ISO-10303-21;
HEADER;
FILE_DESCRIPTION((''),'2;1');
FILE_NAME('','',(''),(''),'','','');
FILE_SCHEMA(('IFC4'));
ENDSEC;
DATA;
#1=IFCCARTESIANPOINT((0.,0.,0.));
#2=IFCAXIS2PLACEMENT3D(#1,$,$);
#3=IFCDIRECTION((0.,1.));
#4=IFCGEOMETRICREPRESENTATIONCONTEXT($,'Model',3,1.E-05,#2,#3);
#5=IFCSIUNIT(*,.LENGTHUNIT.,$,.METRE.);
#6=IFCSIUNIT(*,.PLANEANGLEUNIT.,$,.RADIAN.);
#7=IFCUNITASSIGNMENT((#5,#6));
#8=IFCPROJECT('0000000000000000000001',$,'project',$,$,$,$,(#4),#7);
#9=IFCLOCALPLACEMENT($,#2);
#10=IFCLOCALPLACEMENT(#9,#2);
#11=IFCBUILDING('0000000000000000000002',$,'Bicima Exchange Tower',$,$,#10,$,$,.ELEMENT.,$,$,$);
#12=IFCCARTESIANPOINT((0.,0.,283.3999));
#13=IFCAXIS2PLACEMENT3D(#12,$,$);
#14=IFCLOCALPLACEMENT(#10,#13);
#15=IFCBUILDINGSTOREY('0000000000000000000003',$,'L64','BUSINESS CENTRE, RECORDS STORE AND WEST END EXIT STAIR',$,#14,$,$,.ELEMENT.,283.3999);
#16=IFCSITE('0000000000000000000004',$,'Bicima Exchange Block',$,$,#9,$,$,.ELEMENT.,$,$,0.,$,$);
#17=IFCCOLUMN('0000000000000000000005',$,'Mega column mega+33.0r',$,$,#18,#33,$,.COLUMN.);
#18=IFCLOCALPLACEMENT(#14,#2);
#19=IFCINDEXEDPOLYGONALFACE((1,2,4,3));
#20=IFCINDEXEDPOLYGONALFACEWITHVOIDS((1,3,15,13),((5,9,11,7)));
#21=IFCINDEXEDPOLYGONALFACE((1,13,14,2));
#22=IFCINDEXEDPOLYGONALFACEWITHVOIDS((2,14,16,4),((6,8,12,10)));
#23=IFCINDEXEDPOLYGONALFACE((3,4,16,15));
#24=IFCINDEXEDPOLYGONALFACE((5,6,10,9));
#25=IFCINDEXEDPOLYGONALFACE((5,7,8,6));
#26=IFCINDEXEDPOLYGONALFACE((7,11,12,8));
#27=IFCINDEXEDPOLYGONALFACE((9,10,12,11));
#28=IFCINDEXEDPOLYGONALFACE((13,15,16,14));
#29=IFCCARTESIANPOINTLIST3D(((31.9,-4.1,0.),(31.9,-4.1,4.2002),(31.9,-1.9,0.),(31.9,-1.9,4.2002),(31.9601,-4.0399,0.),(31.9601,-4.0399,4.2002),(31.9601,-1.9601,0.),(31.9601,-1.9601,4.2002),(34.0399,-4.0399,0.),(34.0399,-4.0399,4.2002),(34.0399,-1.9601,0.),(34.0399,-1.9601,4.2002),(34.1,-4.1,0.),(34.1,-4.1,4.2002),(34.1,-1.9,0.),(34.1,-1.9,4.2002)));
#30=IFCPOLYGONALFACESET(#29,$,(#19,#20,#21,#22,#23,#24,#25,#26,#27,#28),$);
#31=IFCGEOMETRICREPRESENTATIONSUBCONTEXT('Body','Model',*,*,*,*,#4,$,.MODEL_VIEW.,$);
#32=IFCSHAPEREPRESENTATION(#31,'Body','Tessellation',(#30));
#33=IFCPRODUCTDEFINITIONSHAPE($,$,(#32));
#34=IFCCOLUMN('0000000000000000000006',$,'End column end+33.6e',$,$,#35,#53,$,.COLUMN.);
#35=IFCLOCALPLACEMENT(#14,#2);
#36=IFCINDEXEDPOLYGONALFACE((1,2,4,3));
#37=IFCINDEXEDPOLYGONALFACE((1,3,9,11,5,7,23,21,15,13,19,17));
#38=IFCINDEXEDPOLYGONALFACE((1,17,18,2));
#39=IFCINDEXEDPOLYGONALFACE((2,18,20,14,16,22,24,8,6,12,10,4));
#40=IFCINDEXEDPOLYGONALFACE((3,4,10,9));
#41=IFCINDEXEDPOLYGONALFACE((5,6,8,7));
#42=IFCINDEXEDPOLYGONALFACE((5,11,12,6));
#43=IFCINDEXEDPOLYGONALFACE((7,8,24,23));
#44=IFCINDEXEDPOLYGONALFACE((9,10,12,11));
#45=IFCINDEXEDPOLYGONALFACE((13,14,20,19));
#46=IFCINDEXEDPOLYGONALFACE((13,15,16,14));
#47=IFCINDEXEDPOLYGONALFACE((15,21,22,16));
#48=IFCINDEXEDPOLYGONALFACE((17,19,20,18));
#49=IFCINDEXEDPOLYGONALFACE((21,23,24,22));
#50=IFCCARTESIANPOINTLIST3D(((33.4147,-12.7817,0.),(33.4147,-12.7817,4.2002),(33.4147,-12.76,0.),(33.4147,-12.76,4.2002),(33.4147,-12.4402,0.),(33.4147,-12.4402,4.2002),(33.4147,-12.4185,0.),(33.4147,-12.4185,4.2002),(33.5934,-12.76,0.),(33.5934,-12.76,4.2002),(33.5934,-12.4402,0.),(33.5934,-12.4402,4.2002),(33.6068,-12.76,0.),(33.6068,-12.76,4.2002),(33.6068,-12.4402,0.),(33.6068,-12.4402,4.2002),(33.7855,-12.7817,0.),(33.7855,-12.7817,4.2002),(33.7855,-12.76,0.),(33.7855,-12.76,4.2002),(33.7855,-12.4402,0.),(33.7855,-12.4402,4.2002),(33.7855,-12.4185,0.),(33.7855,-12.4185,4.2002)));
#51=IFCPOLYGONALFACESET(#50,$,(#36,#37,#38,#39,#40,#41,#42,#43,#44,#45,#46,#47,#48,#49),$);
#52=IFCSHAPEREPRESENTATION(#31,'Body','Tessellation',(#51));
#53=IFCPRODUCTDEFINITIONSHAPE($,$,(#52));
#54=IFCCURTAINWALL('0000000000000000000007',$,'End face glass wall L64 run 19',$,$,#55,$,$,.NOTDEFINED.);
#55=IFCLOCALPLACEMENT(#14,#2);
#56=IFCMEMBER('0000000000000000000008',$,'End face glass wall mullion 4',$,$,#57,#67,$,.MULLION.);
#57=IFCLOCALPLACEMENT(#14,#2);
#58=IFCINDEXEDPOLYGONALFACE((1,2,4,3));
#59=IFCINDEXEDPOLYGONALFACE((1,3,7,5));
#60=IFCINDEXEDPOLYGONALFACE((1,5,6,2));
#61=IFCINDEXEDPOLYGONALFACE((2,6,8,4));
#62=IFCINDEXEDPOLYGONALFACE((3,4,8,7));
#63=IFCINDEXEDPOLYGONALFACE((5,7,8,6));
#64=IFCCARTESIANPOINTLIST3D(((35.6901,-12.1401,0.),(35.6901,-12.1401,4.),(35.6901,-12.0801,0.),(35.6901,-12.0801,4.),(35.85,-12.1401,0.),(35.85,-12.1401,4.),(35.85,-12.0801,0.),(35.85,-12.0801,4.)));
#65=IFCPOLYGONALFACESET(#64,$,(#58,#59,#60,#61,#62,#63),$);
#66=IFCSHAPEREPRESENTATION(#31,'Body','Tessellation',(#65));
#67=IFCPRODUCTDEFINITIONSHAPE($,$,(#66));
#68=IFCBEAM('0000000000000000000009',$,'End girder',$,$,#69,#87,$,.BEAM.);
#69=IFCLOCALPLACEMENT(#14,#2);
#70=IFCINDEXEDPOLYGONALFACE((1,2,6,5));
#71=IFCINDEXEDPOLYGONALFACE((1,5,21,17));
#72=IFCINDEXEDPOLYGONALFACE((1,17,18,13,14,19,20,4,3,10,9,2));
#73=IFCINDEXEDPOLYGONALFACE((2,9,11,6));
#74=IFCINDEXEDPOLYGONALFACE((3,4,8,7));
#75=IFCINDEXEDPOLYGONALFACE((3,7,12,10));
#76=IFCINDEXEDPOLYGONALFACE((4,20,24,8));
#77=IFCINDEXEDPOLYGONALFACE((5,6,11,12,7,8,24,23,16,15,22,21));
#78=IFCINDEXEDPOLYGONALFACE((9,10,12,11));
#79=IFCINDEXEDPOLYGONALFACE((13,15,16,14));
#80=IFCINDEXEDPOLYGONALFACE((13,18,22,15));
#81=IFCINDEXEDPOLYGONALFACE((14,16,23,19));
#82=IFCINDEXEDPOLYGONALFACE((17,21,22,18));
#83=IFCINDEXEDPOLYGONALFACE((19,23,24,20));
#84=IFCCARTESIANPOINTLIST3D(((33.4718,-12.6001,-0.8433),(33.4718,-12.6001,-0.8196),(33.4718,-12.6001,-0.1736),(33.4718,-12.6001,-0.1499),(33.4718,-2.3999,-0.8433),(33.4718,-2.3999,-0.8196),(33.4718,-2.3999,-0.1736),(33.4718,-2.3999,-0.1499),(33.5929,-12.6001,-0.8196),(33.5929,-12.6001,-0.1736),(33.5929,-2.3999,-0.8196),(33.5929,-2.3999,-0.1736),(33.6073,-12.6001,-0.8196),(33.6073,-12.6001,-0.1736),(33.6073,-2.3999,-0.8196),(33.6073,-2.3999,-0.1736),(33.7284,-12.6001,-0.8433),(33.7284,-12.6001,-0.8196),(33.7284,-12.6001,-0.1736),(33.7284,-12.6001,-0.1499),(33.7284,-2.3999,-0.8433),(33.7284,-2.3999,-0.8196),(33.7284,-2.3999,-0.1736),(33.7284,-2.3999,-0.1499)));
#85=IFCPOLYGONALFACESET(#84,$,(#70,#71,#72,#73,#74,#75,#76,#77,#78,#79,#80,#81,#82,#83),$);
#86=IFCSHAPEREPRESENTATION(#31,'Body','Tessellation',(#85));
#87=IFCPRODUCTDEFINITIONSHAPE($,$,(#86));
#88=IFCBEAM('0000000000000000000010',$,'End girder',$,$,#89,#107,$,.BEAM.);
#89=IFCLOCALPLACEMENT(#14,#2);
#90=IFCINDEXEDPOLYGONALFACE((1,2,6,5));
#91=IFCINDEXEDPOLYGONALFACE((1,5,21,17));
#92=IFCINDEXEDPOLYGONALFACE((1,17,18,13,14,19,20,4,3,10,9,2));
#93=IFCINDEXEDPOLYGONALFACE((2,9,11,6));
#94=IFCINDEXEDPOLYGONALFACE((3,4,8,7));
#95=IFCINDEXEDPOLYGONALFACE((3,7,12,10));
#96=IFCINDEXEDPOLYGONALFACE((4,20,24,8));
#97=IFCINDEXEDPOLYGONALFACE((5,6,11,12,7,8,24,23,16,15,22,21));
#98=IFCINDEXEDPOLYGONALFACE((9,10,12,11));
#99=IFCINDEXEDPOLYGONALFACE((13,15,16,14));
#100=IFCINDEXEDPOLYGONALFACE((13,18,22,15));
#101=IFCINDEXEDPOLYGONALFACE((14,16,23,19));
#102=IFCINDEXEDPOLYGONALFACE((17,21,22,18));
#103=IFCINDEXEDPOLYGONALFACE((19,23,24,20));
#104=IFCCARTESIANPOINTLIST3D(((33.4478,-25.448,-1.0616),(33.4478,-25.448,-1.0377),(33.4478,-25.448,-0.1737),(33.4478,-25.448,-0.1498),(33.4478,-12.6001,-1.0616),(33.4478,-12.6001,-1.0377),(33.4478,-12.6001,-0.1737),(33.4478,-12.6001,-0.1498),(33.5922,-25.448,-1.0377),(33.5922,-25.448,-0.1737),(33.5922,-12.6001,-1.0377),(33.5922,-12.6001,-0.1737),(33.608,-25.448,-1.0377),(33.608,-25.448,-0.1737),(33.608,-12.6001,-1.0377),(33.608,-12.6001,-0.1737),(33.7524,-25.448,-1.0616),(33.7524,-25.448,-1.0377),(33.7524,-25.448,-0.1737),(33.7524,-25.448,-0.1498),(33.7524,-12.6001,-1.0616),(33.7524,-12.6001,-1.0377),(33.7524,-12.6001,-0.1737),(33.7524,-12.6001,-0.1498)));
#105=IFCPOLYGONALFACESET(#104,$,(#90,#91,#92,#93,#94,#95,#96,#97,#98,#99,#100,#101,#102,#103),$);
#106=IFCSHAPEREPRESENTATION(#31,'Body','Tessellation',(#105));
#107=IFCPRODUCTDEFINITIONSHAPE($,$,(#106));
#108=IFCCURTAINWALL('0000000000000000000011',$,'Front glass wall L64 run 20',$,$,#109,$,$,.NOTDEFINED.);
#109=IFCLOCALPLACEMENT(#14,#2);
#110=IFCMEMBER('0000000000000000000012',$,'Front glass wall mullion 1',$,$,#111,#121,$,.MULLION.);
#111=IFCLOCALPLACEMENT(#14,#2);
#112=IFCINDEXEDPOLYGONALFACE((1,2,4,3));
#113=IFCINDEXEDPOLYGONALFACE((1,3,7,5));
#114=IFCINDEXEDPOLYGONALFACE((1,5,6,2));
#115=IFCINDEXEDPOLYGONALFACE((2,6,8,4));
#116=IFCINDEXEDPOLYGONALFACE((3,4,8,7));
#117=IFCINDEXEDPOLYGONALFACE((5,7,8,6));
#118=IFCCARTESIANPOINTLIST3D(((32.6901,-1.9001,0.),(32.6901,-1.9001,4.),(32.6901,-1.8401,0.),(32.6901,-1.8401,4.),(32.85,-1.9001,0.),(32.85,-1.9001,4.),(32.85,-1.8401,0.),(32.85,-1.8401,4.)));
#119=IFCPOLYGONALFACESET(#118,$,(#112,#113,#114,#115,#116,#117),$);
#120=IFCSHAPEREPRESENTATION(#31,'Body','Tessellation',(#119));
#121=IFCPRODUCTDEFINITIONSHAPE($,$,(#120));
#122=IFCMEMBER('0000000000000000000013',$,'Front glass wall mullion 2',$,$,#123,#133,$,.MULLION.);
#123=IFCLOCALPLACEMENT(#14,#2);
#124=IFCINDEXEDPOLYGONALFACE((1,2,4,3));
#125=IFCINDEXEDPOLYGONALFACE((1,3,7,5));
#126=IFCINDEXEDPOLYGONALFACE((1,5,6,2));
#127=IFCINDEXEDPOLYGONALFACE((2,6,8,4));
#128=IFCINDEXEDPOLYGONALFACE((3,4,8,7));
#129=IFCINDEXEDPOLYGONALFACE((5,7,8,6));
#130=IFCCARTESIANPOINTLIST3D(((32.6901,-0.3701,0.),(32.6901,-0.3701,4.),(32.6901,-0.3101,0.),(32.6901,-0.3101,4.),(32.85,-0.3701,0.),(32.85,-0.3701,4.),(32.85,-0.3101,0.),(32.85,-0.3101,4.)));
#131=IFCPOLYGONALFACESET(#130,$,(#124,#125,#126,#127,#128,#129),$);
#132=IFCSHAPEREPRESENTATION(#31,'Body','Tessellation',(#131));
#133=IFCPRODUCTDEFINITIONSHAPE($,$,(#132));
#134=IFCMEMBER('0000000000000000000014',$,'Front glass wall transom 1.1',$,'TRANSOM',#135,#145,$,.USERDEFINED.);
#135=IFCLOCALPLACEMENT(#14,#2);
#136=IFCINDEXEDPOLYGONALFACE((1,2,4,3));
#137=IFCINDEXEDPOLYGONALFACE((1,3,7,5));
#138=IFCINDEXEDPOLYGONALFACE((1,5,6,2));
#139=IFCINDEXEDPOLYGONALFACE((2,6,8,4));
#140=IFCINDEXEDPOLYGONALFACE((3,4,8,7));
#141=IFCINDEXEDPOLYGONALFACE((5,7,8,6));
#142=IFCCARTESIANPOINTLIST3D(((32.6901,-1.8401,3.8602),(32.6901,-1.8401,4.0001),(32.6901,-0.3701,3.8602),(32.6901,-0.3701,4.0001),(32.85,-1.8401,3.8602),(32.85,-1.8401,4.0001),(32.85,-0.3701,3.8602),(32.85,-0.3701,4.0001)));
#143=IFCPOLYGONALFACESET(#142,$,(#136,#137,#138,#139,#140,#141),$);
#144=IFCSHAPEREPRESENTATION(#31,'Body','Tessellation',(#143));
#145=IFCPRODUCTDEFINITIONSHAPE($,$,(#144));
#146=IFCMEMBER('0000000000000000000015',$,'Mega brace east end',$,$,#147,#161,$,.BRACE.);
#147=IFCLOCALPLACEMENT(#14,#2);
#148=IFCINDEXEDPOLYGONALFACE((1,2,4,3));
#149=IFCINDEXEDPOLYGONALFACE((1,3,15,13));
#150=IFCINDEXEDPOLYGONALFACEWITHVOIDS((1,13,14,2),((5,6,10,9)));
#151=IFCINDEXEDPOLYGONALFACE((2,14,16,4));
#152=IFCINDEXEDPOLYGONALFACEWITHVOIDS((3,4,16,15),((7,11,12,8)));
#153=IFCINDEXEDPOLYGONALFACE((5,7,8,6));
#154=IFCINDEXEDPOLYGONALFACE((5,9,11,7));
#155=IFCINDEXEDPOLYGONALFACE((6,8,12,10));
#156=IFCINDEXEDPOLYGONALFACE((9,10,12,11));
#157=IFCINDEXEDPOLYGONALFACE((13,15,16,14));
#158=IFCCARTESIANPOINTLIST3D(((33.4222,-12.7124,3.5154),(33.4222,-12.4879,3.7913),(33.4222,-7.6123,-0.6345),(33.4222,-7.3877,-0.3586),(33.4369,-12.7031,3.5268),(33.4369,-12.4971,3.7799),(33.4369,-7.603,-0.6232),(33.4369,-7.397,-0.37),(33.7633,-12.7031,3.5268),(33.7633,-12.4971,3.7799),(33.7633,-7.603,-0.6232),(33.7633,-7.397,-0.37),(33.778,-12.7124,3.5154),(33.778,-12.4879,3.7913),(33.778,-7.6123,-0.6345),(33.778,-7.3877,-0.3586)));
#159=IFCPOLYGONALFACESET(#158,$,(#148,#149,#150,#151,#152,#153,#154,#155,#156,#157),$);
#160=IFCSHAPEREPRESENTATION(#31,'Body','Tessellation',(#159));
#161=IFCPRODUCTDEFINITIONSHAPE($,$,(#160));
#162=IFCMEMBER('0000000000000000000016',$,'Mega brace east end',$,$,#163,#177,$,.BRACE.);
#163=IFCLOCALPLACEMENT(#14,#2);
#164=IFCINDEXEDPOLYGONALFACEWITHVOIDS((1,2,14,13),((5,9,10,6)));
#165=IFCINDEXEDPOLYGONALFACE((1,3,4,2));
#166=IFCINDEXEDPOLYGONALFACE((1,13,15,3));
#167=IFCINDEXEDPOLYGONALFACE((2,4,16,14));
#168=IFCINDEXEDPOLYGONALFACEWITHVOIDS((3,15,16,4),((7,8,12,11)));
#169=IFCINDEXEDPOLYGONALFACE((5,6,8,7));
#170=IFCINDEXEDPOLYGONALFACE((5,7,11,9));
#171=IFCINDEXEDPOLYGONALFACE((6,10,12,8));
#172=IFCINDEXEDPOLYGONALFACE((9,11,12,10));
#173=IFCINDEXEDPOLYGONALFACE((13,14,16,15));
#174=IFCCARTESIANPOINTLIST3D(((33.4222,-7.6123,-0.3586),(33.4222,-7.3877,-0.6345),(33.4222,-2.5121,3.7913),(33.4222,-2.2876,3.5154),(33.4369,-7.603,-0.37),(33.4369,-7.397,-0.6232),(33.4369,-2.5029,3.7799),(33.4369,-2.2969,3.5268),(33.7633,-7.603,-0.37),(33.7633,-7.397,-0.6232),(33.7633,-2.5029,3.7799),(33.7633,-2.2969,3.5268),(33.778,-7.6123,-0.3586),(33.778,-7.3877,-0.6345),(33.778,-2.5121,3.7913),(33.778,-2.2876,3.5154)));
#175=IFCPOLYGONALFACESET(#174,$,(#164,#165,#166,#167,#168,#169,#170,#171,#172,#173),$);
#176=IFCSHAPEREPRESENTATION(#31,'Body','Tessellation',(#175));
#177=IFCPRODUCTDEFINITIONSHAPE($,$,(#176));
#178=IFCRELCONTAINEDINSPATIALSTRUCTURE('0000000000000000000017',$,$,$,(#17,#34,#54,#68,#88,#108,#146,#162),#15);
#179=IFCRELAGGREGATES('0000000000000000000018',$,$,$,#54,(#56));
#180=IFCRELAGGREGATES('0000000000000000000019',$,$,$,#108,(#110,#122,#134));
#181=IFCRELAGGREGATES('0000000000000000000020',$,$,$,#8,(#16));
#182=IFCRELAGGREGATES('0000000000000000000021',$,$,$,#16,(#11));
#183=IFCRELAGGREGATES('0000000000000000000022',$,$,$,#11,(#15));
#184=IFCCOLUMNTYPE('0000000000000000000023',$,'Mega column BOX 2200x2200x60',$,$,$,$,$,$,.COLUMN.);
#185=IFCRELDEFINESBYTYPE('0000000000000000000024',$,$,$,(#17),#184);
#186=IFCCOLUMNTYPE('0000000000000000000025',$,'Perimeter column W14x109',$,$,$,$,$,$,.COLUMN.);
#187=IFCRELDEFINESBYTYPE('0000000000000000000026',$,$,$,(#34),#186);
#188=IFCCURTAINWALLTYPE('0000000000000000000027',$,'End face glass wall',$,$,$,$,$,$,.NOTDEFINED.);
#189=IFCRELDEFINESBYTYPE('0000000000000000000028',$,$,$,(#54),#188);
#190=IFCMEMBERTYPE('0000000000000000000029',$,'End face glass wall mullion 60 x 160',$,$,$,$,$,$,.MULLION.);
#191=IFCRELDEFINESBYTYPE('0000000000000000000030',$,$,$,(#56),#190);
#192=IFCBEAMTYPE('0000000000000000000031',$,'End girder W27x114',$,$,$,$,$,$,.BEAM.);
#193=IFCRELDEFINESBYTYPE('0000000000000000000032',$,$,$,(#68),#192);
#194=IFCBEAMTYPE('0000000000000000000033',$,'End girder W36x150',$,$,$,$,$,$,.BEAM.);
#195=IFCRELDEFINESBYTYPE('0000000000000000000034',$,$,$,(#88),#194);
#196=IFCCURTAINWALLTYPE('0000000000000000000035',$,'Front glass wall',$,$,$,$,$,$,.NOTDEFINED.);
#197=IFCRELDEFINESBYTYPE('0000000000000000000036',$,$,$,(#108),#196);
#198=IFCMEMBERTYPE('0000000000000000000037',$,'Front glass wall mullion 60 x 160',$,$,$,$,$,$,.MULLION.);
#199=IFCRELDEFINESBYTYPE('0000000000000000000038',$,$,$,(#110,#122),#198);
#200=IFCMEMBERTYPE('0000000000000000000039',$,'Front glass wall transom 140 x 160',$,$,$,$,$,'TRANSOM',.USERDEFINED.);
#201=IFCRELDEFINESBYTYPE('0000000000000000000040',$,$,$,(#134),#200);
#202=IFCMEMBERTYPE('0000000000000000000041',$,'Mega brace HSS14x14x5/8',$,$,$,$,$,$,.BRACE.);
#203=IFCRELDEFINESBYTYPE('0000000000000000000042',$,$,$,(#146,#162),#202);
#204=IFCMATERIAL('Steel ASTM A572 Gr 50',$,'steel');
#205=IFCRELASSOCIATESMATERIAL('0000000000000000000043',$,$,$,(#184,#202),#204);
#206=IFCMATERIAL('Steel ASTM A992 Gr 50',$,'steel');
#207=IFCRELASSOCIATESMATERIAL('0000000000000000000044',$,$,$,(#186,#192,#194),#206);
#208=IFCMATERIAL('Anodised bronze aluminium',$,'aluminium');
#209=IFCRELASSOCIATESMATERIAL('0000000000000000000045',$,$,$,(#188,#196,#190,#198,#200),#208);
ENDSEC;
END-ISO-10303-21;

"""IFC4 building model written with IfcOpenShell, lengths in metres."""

from ifc_helpers import new_model, si_unit, direction, frame, origin, origin_2d, place, context, subcontext, project, spatial, rectangle, hollow_rectangle, i_section, extrude, material, material_profile, profile_set, type_object, element, aggregate, save


model = new_model("IFC4")

# Units and contexts
model_context = context("Model", 3, precision=1e-05, world=origin(), true_north=direction((0.0, 1.0)))
body_context = subcontext(model_context, "Body", "Model", "MODEL_VIEW")
ifc_project = project(units=[si_unit("LENGTHUNIT", "METRE"), si_unit("PLANEANGLEUNIT", "RADIAN")], contexts=[model_context])

# Site, building, storey
site_placement = place(None, origin())
site = spatial("IfcSite", under=ifc_project, at=site_placement, Name="Bicima Exchange Block", CompositionType="ELEMENT", RefElevation=0.0)
building_placement = place(site_placement, origin())
building = spatial("IfcBuilding", under=site, at=building_placement, Name="Bicima Exchange Tower", CompositionType="ELEMENT")
storey_placement = place(building_placement, frame((0.0, 0.0, 283.3999)))
storey = spatial("IfcBuildingStorey", under=building, at=storey_placement, Name="L64", Description="BUSINESS CENTRE, RECORDS STORE AND WEST END EXIT STAIR", CompositionType="ELEMENT", Elevation=283.3999)

# Columns
ifc_material_1 = material(Name="Steel ASTM A572 Gr 50", Category="steel")
ifc_material_profile_1 = material_profile(ifc_material_1, hollow_rectangle(XDim=2.2, YDim=2.2, WallThickness=0.0601, at=origin_2d()))
ifc_profile_set_1 = profile_set([ifc_material_profile_1], Name="Steel ASTM A572 Gr 50")
column_type_1 = type_object("IfcColumnType", Name="Mega column BOX 2200x2200x60", PredefinedType="COLUMN", material=ifc_profile_set_1)
column_1_placement = place(storey_placement, frame((33.0, -3.0, 0.0), z_axis=(0.0, 0.0, 1.0), x_axis=(1.0, 0.0, 0.0)))
element("IfcColumn", 1, at=column_1_placement, inside=storey, type_object=column_type_1, Name="Mega column mega+33.0r", PredefinedType="COLUMN", context=body_context, shape_type="SweptSolid", body=[
    extrude(hollow_rectangle(XDim=2.2, YDim=2.2, WallThickness=0.0601, at=origin_2d()), origin(), (0.0, 0.0, 1.0), 4.2002),
])
ifc_material_2 = material(Name="Steel ASTM A992 Gr 50", Category="steel")
ifc_material_profile_2 = material_profile(ifc_material_2, i_section(OverallWidth=0.3708, OverallDepth=0.3633, WebThickness=0.0134, FlangeThickness=0.0217, at=origin_2d()))
ifc_profile_set_2 = profile_set([ifc_material_profile_2], Name="Steel ASTM A992 Gr 50")
column_type_2 = type_object("IfcColumnType", Name="Perimeter column W14x109", PredefinedType="COLUMN", material=ifc_profile_set_2)
column_2_placement = place(storey_placement, frame((33.6001, -12.6001, 0.0), z_axis=(0.0, 0.0, 1.0), x_axis=(1.0, 0.0, 0.0)))
element("IfcColumn", 2, at=column_2_placement, inside=storey, type_object=column_type_2, Name="End column end+33.6e", PredefinedType="COLUMN", context=body_context, shape_type="SweptSolid", body=[
    extrude(i_section(OverallWidth=0.3708, OverallDepth=0.3633, WebThickness=0.0134, FlangeThickness=0.0217, at=origin_2d()), origin(), (0.0, 0.0, 1.0), 4.2002),
])

# Curtain wall, member
ifc_material_3 = material(Name="Anodised bronze aluminium", Category="aluminium")
curtain_wall_type_1 = type_object("IfcCurtainWallType", Name="End face glass wall", PredefinedType="NOTDEFINED", material=ifc_material_3)
curtain_wall_1_placement = place(storey_placement, origin())
curtain_wall_1 = element("IfcCurtainWall", 3, at=curtain_wall_1_placement, inside=storey, type_object=curtain_wall_type_1, Name="End face glass wall L64 run 19", PredefinedType="NOTDEFINED")
ifc_material_profile_3 = material_profile(ifc_material_3, rectangle(XDim=0.1599, YDim=0.0601, at=origin_2d()))
ifc_profile_set_3 = profile_set([ifc_material_profile_3], Name="Anodised bronze aluminium")
member_type_1 = type_object("IfcMemberType", Name="End face glass wall mullion 60 x 160", PredefinedType="MULLION", material=ifc_profile_set_3)
member_1_placement = place(storey_placement, frame((35.77, -12.1101, 0.0), z_axis=(0.0, 0.0, 1.0), x_axis=(-1.0, 0.0, 0.0)))
member_1 = element("IfcMember", 4, at=member_1_placement, type_object=member_type_1, Name="End face glass wall mullion 4", PredefinedType="MULLION", context=body_context, shape_type="SweptSolid", body=[
    extrude(rectangle(XDim=0.1599, YDim=0.0601, at=origin_2d()), origin(), (0.0, 0.0, 1.0), 4.0),
])
aggregate(curtain_wall_1, [member_1])

# Beams
ifc_material_profile_4 = material_profile(ifc_material_2, i_section(OverallWidth=0.2566, OverallDepth=0.6934, WebThickness=0.0144, FlangeThickness=0.0237, at=origin_2d()))
ifc_profile_set_4 = profile_set([ifc_material_profile_4], Name="Steel ASTM A992 Gr 50")
beam_type_1 = type_object("IfcBeamType", Name="End girder W27x114", PredefinedType="BEAM", material=ifc_profile_set_4)
beam_1_placement = place(storey_placement, frame((33.6001, -2.3999, -0.4966), z_axis=(0.0, -1.0, 0.0), x_axis=(1.0, 0.0, 0.0)))
element("IfcBeam", 5, at=beam_1_placement, inside=storey, type_object=beam_type_1, Name="End girder", PredefinedType="BEAM", context=body_context, shape_type="SweptSolid", body=[
    extrude(i_section(OverallWidth=0.2566, OverallDepth=0.6934, WebThickness=0.0144, FlangeThickness=0.0237, at=origin_2d()), origin(), (0.0, 0.0, 1.0), 10.2002),
])
ifc_material_profile_5 = material_profile(ifc_material_2, i_section(OverallWidth=0.3047, OverallDepth=0.9119, WebThickness=0.0159, FlangeThickness=0.0239, at=origin_2d()))
ifc_profile_set_5 = profile_set([ifc_material_profile_5], Name="Steel ASTM A992 Gr 50")
beam_type_2 = type_object("IfcBeamType", Name="End girder W36x150", PredefinedType="BEAM", material=ifc_profile_set_5)
beam_2_placement = place(storey_placement, frame((33.6001, -12.6001, -0.6057), z_axis=(0.0, -1.0, 0.0), x_axis=(1.0, 0.0, 0.0)))
element("IfcBeam", 6, at=beam_2_placement, inside=storey, type_object=beam_type_2, Name="End girder", PredefinedType="BEAM", context=body_context, shape_type="SweptSolid", body=[
    extrude(i_section(OverallWidth=0.3047, OverallDepth=0.9119, WebThickness=0.0159, FlangeThickness=0.0239, at=origin_2d()), origin(), (0.0, 0.0, 1.0), 12.8479),
])

# Curtain wall, members
curtain_wall_type_2 = type_object("IfcCurtainWallType", Name="Front glass wall", PredefinedType="NOTDEFINED", material=ifc_material_3)
curtain_wall_2_placement = place(storey_placement, origin())
curtain_wall_2 = element("IfcCurtainWall", 7, at=curtain_wall_2_placement, inside=storey, type_object=curtain_wall_type_2, Name="Front glass wall L64 run 20", PredefinedType="NOTDEFINED")
member_type_2 = type_object("IfcMemberType", Name="Front glass wall mullion 60 x 160", PredefinedType="MULLION", material=ifc_profile_set_3)
member_2_placement = place(storey_placement, frame((32.77, -1.8701, 0.0), z_axis=(0.0, 0.0, 1.0), x_axis=(-1.0, 0.0, 0.0)))
member_2 = element("IfcMember", 8, at=member_2_placement, type_object=member_type_2, Name="Front glass wall mullion 1", PredefinedType="MULLION", context=body_context, shape_type="SweptSolid", body=[
    extrude(rectangle(XDim=0.1599, YDim=0.0601, at=origin_2d()), origin(), (0.0, 0.0, 1.0), 4.0),
])
member_3_placement = place(storey_placement, frame((32.77, -0.3401, 0.0), z_axis=(0.0, 0.0, 1.0), x_axis=(-1.0, 0.0, 0.0)))
member_3 = element("IfcMember", 9, at=member_3_placement, type_object=member_type_2, Name="Front glass wall mullion 2", PredefinedType="MULLION", context=body_context, shape_type="SweptSolid", body=[
    extrude(rectangle(XDim=0.1599, YDim=0.0601, at=origin_2d()), origin(), (0.0, 0.0, 1.0), 4.0),
])
ifc_material_profile_6 = material_profile(ifc_material_3, rectangle(XDim=0.1599, YDim=0.1399, at=origin_2d()))
ifc_profile_set_6 = profile_set([ifc_material_profile_6], Name="Anodised bronze aluminium")
member_type_3 = type_object("IfcMemberType", Name="Front glass wall transom 140 x 160", ElementType="TRANSOM", PredefinedType="USERDEFINED", material=ifc_profile_set_6)
member_4_placement = place(storey_placement, frame((32.77, -1.8401, 3.9302), z_axis=(0.0, 1.0, 0.0), x_axis=(-1.0, 0.0, 0.0)))
member_4 = element("IfcMember", 10, at=member_4_placement, type_object=member_type_3, Name="Front glass wall transom 1.1", ObjectType="TRANSOM", PredefinedType="USERDEFINED", context=body_context, shape_type="SweptSolid", body=[
    extrude(rectangle(XDim=0.1599, YDim=0.1399, at=origin_2d()), origin(), (0.0, 0.0, 1.0), 1.47),
])

# Members
ifc_material_profile_7 = material_profile(ifc_material_1, hollow_rectangle(XDim=0.3557, YDim=0.3557, WallThickness=0.0146, at=origin_2d()))
ifc_profile_set_7 = profile_set([ifc_material_profile_7], Name="Steel ASTM A572 Gr 50")
member_type_4 = type_object("IfcMemberType", Name="Mega brace HSS14x14x5/8", PredefinedType="BRACE", material=ifc_profile_set_7)
for number, where, z_axis, x_axis, name in (
    (11, (33.6001, -7.5, -0.4966), (0.0, -0.775662, 0.631149), (1.0, 0.0, 0.0), "Mega brace east end"),
    (12, (33.6001, -7.5, -0.4966), (0.0, 0.775662, 0.631149), (-1.0, 0.0, 0.0), "Mega brace east end"),
):
    element("IfcMember", number, at=place(storey_placement, frame(where, z_axis=z_axis, x_axis=x_axis)), inside=storey, type_object=member_type_4, Name=name, PredefinedType="BRACE", context=body_context, shape_type="SweptSolid", body=[
        extrude(hollow_rectangle(XDim=0.3557, YDim=0.3557, WallThickness=0.0146, at=origin_2d()), origin(), (0.0, 0.0, 1.0), 6.5752),
    ])

aggregate(curtain_wall_2, [member_2, member_3, member_4])

save(model, "model.ifc")
